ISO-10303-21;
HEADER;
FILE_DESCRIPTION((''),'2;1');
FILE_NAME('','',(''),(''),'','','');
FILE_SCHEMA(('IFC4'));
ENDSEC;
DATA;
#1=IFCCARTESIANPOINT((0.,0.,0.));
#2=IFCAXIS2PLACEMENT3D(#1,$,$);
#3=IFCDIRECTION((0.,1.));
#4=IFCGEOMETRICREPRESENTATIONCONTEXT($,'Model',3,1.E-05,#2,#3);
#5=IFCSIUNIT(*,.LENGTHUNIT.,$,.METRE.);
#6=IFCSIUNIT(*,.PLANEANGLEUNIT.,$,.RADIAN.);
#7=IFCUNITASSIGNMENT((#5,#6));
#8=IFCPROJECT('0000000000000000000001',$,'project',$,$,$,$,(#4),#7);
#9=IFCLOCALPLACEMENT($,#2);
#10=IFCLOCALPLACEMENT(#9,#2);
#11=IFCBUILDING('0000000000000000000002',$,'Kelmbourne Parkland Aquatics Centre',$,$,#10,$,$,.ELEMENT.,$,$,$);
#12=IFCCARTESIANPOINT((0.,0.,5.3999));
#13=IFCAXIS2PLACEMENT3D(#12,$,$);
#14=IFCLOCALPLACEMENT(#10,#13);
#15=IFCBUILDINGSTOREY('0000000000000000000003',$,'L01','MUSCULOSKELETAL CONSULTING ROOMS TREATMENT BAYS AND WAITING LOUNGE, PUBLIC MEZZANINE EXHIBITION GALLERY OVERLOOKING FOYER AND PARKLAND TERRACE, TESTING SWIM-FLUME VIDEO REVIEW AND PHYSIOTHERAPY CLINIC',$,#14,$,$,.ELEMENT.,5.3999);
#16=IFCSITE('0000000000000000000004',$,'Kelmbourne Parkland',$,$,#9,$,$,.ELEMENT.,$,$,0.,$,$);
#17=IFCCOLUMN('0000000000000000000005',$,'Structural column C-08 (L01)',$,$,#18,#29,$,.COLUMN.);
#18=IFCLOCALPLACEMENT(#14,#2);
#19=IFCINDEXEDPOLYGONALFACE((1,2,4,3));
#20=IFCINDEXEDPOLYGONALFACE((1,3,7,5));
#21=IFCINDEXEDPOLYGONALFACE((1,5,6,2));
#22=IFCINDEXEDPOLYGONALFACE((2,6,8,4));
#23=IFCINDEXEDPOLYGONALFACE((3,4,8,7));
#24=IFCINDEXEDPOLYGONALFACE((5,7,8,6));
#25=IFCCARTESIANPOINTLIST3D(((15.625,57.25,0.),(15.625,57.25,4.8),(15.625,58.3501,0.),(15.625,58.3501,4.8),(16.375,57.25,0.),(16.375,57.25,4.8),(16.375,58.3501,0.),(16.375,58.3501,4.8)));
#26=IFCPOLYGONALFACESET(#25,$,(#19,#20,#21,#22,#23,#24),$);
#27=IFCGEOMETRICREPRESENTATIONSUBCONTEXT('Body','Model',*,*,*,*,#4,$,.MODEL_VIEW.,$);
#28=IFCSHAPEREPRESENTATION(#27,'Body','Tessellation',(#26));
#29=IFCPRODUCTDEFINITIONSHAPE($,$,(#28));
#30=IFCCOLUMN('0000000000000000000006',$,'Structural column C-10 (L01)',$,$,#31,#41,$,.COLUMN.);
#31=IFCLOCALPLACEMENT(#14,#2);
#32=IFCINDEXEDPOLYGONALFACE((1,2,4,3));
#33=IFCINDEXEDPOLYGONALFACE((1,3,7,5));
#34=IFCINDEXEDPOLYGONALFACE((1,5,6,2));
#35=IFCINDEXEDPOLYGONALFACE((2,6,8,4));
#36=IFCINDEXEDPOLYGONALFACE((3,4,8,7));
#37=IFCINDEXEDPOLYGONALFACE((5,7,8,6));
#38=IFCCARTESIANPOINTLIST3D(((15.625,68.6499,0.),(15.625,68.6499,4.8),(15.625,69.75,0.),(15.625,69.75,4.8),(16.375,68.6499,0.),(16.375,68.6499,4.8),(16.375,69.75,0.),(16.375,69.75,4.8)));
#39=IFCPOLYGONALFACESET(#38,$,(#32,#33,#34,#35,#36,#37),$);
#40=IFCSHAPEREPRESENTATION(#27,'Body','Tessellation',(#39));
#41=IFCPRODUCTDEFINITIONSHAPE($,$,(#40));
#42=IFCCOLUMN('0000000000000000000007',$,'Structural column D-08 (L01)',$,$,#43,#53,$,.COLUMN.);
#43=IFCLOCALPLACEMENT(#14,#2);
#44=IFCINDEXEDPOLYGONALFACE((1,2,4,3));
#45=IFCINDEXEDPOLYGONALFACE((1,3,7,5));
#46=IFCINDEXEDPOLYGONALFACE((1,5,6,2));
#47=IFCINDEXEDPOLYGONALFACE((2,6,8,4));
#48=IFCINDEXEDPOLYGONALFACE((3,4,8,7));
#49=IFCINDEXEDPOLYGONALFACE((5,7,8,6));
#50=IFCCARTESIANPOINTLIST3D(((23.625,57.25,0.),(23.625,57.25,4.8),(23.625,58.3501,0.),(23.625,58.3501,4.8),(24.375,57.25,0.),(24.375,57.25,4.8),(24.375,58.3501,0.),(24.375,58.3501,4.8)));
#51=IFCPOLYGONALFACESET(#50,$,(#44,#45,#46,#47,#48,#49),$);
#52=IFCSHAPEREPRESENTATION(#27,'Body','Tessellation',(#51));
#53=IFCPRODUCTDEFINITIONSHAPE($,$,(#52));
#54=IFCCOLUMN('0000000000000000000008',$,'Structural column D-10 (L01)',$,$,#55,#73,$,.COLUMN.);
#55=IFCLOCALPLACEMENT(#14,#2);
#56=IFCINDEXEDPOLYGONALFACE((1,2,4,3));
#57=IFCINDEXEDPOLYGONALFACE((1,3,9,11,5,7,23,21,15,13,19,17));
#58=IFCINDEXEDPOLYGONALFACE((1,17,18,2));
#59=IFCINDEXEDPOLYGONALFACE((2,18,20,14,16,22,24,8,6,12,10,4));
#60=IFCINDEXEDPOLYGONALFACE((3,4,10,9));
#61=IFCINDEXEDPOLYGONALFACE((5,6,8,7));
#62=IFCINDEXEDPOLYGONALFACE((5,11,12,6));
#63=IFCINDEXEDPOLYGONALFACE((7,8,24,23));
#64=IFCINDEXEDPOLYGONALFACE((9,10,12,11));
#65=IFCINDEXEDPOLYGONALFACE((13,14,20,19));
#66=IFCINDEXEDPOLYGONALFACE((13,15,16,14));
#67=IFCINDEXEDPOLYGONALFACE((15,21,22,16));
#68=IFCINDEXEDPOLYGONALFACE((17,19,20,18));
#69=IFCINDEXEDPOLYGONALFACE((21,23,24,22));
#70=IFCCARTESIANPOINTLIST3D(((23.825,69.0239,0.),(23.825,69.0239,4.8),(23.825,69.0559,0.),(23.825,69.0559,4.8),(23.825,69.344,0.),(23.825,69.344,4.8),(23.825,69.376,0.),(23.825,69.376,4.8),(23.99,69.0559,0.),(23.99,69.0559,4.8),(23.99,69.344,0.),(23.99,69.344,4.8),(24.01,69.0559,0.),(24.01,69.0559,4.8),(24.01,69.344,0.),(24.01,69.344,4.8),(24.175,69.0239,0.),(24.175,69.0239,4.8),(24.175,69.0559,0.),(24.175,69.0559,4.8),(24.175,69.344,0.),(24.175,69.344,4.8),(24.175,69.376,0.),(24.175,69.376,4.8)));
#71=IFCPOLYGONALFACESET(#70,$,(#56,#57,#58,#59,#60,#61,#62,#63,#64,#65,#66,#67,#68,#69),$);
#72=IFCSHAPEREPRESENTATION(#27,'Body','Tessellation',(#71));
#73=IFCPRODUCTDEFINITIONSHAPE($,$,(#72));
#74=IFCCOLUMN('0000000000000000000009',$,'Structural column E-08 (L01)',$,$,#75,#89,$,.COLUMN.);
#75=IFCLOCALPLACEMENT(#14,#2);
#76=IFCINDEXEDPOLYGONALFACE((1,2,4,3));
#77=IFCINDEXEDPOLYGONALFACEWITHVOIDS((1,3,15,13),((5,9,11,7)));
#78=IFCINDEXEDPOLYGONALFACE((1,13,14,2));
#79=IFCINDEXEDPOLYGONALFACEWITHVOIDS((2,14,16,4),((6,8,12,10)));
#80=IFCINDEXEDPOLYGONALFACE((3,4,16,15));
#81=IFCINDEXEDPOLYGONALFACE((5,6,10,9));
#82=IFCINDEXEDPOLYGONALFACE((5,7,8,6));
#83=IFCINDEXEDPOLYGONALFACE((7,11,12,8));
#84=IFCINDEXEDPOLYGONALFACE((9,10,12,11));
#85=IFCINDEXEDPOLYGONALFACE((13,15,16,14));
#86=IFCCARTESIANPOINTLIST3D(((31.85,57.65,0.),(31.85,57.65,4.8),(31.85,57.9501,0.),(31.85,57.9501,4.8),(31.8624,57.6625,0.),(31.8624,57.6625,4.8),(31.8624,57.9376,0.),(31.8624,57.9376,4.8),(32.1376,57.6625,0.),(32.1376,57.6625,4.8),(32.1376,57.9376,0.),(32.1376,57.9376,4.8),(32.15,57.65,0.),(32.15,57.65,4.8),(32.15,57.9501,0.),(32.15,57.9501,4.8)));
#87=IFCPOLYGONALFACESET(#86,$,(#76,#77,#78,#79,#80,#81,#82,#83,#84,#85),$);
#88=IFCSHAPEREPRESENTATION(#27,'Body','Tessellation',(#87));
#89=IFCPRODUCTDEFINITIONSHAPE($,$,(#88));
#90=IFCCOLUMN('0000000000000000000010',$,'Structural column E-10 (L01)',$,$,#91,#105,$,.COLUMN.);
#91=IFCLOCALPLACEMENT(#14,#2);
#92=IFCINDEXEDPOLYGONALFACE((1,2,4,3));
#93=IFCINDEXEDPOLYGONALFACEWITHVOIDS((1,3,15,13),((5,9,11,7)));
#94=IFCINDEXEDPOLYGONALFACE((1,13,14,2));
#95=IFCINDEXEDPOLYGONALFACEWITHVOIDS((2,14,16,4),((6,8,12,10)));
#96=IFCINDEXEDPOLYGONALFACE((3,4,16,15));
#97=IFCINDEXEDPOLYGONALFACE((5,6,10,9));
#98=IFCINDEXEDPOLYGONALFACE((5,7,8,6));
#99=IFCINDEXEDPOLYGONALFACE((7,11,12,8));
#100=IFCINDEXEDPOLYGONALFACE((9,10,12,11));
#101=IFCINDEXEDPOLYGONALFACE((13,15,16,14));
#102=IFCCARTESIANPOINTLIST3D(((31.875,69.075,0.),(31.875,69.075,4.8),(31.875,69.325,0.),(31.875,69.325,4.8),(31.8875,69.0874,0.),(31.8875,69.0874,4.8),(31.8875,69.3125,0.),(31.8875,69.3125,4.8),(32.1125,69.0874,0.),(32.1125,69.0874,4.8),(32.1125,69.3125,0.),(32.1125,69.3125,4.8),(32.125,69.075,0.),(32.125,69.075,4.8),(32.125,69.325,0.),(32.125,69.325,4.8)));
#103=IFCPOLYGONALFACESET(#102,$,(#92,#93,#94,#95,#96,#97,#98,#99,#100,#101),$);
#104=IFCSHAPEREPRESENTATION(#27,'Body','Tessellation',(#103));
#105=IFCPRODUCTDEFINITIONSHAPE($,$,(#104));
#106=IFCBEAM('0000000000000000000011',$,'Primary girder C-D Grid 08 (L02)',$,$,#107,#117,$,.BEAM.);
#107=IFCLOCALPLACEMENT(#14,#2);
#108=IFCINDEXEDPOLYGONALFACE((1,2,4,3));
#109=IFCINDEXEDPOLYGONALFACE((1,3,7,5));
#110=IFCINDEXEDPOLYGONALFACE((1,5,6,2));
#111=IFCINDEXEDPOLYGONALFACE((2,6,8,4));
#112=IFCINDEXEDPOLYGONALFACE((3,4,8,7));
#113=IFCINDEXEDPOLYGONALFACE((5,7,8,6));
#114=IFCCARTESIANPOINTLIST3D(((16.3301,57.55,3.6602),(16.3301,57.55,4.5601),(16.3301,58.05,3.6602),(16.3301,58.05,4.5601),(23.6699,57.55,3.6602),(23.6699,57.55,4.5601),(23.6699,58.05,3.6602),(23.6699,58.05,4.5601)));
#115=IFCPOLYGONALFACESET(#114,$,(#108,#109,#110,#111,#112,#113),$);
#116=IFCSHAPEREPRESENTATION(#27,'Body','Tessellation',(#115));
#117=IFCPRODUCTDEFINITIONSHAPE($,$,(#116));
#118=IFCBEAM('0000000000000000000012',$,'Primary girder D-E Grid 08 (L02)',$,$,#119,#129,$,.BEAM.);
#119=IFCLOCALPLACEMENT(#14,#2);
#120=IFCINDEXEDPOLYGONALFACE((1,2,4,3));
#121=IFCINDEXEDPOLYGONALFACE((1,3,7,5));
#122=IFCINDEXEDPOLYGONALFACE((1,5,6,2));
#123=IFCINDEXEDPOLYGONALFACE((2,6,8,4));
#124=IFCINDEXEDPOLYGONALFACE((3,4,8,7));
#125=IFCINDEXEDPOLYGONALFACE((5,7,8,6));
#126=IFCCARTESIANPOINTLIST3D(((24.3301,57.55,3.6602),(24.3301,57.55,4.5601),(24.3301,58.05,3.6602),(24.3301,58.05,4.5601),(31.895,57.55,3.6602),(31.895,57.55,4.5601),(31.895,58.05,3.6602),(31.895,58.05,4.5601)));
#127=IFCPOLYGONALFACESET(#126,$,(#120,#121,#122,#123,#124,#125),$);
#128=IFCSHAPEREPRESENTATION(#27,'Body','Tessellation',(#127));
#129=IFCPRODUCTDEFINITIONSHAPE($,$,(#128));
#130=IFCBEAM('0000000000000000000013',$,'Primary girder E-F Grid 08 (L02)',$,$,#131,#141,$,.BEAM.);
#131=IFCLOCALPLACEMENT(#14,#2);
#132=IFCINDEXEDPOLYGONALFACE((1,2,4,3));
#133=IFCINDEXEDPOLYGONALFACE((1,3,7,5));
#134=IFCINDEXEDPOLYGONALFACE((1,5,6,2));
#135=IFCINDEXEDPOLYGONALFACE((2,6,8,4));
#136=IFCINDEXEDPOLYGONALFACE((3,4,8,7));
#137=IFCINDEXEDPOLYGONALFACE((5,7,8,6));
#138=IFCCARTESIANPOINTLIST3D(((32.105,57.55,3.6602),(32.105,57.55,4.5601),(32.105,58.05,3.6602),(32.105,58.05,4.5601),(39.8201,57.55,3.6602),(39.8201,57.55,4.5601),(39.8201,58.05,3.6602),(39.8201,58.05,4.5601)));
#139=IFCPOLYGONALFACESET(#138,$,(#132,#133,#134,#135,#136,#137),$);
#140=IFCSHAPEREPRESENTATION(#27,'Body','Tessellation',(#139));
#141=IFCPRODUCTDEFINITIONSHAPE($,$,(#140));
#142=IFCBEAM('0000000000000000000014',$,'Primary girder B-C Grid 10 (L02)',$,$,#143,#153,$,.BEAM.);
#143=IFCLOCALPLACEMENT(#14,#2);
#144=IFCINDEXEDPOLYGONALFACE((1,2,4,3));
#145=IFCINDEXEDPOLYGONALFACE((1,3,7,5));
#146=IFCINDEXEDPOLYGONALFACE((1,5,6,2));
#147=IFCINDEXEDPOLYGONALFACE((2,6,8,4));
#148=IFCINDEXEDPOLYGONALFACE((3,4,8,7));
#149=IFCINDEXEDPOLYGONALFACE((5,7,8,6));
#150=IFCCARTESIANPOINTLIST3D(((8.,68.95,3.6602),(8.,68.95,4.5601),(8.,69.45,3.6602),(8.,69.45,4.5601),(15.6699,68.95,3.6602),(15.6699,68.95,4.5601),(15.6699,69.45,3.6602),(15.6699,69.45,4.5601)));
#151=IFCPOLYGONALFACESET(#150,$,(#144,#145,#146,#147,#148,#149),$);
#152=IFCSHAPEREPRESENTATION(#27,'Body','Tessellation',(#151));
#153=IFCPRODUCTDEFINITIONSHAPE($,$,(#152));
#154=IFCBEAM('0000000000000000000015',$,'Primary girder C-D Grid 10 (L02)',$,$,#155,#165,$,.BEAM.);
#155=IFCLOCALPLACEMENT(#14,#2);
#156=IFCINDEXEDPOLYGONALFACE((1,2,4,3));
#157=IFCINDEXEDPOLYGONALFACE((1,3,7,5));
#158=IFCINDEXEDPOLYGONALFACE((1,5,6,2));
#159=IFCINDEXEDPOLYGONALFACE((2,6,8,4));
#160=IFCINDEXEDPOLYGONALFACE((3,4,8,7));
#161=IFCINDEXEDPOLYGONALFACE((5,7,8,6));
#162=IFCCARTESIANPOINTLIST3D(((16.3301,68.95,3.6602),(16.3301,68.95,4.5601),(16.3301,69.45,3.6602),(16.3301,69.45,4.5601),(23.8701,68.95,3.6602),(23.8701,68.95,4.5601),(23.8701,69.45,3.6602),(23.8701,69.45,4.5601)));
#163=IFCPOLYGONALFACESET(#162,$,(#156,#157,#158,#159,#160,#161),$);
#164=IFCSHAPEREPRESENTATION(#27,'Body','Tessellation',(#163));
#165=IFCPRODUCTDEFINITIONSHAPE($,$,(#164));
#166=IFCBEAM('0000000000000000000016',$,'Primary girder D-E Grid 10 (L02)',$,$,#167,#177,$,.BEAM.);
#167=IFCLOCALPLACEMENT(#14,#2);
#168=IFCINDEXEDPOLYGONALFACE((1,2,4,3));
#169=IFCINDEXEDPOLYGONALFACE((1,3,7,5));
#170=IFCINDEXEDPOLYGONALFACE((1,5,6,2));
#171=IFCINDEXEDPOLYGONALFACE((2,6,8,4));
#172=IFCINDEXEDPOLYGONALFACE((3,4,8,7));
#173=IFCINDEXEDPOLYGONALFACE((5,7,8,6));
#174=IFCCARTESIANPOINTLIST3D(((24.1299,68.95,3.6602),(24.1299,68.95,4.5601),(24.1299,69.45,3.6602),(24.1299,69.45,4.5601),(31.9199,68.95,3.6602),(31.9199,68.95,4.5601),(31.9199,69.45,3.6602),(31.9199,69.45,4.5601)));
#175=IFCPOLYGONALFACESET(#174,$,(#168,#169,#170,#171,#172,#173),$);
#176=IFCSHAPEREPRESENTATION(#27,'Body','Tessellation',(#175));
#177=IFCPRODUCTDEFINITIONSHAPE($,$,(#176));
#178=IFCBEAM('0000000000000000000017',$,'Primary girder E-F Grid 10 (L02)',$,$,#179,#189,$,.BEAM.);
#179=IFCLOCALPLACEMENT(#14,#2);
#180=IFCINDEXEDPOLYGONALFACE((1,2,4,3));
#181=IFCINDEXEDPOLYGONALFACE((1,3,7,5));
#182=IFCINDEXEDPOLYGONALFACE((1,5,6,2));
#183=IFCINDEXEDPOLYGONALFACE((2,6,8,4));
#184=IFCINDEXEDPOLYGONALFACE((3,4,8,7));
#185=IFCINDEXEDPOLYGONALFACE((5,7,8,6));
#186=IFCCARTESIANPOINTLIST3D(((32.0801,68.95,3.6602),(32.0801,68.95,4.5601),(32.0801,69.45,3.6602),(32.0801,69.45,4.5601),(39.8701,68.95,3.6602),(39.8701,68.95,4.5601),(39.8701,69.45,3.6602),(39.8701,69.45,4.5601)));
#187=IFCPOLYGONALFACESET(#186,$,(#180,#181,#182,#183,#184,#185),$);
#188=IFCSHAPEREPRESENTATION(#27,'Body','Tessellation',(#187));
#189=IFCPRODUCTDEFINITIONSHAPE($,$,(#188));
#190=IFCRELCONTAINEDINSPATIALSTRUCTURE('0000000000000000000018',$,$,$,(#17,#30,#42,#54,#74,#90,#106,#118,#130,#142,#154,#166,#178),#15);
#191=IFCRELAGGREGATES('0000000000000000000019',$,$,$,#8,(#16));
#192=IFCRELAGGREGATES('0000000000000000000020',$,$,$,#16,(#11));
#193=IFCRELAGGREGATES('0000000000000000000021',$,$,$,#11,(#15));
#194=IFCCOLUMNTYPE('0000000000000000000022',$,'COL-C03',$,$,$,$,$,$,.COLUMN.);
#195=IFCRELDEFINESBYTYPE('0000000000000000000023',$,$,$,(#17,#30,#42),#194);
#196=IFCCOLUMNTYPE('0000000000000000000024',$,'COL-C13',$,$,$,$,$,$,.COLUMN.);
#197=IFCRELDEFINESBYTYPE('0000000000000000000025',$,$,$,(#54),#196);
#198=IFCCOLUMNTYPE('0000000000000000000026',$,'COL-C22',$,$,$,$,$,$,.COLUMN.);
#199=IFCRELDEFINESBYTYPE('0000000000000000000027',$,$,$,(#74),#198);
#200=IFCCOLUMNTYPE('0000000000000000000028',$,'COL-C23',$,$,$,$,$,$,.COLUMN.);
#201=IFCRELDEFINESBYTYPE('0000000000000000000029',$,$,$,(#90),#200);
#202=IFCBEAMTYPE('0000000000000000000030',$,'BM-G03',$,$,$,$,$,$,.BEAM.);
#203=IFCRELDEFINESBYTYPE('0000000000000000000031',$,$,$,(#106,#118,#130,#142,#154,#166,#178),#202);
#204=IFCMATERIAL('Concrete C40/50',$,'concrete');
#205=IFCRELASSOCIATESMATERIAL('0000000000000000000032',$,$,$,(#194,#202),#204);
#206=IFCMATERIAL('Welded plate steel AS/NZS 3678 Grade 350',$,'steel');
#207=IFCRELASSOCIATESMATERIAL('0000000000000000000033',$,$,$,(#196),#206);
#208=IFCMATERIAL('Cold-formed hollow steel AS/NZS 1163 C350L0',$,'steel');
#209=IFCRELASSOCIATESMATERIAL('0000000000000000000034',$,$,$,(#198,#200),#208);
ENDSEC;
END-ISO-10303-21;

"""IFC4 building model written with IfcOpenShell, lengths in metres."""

from ifc_helpers import new_model, si_unit, direction, frame, origin, origin_2d, place, context, subcontext, project, spatial, rectangle, hollow_rectangle, i_section, extrude, material, material_profile, profile_set, type_object, element, save


model = new_model("IFC4")

# Units and contexts
model_context = context("Model", 3, precision=1e-05, world=origin(), true_north=direction((0.0, 1.0)))
body_context = subcontext(model_context, "Body", "Model", "MODEL_VIEW")
ifc_project = project(units=[si_unit("LENGTHUNIT", "METRE"), si_unit("PLANEANGLEUNIT", "RADIAN")], contexts=[model_context])

# Site, building, storey
site_placement = place(None, origin())
site = spatial("IfcSite", under=ifc_project, at=site_placement, Name="Kelmbourne Parkland", CompositionType="ELEMENT", RefElevation=0.0)
building_placement = place(site_placement, origin())
building = spatial("IfcBuilding", under=site, at=building_placement, Name="Kelmbourne Parkland Aquatics Centre", CompositionType="ELEMENT")
storey_placement = place(building_placement, frame((0.0, 0.0, 5.3999)))
storey = spatial("IfcBuildingStorey", under=building, at=storey_placement, Name="L01", Description="MUSCULOSKELETAL CONSULTING ROOMS TREATMENT BAYS AND WAITING LOUNGE, PUBLIC MEZZANINE EXHIBITION GALLERY OVERLOOKING FOYER AND PARKLAND TERRACE, TESTING SWIM-FLUME VIDEO REVIEW AND PHYSIOTHERAPY CLINIC", CompositionType="ELEMENT", Elevation=5.3999)

# Columns
ifc_material_1 = material(Name="Concrete C40/50", Category="concrete")
ifc_material_profile_1 = material_profile(ifc_material_1, rectangle(XDim=0.75, YDim=1.1001, at=origin_2d()), Name="RC 750x1100")
ifc_profile_set_1 = profile_set([ifc_material_profile_1], Name="Concrete C40/50")
column_type_1 = type_object("IfcColumnType", Name="COL-C03", PredefinedType="COLUMN", material=ifc_profile_set_1)
for number, where, z_axis, x_axis, name in (
    (1, (16.0, 57.8, 0.0), (0.0, 0.0, 1.0), (1.0, 0.0, 0.0), "Structural column C-08 (L01)"),
    (2, (16.0, 69.2, 0.0), (0.0, 0.0, 1.0), (1.0, 0.0, 0.0), "Structural column C-10 (L01)"),
    (3, (24.0, 57.8, 0.0), (0.0, 0.0, 1.0), (1.0, 0.0, 0.0), "Structural column D-08 (L01)"),
):
    element("IfcColumn", number, at=place(storey_placement, frame(where, z_axis=z_axis, x_axis=x_axis)), inside=storey, type_object=column_type_1, Name=name, PredefinedType="COLUMN", context=body_context, shape_type="SweptSolid", body=[
        extrude(rectangle(XDim=0.75, YDim=1.1001, at=origin_2d()), origin(), (0.0, 0.0, 1.0), 4.8),
    ])
ifc_material_2 = material(Name="Welded plate steel AS/NZS 3678 Grade 350", Category="steel")
ifc_material_profile_2 = material_profile(ifc_material_2, i_section(OverallWidth=0.3501, OverallDepth=0.3521, WebThickness=0.02, FlangeThickness=0.032, at=origin_2d()), Name="350WC230")
ifc_profile_set_2 = profile_set([ifc_material_profile_2], Name="Welded plate steel AS/NZS 3678 Grade 350")
column_type_2 = type_object("IfcColumnType", Name="COL-C13", PredefinedType="COLUMN", material=ifc_profile_set_2)
column_1_placement = place(storey_placement, frame((24.0, 69.2, 0.0), z_axis=(0.0, 0.0, 1.0), x_axis=(1.0, 0.0, 0.0)))
element("IfcColumn", 4, at=column_1_placement, inside=storey, type_object=column_type_2, Name="Structural column D-10 (L01)", PredefinedType="COLUMN", context=body_context, shape_type="SweptSolid", body=[
    extrude(i_section(OverallWidth=0.3501, OverallDepth=0.3521, WebThickness=0.02, FlangeThickness=0.032, at=origin_2d()), origin(), (0.0, 0.0, 1.0), 4.8),
])
ifc_material_3 = material(Name="Cold-formed hollow steel AS/NZS 1163 C350L0", Category="steel")
ifc_material_profile_3 = material_profile(ifc_material_3, hollow_rectangle(XDim=0.3, YDim=0.3, WallThickness=0.0125, at=origin_2d()), Name="SHS 300x300x12.5")
ifc_profile_set_3 = profile_set([ifc_material_profile_3], Name="Cold-formed hollow steel AS/NZS 1163 C350L0")
column_type_3 = type_object("IfcColumnType", Name="COL-C22", PredefinedType="COLUMN", material=ifc_profile_set_3)
column_2_placement = place(storey_placement, frame((32.0, 57.8, 0.0), z_axis=(0.0, 0.0, 1.0), x_axis=(1.0, 0.0, 0.0)))
element("IfcColumn", 5, at=column_2_placement, inside=storey, type_object=column_type_3, Name="Structural column E-08 (L01)", PredefinedType="COLUMN", context=body_context, shape_type="SweptSolid", body=[
    extrude(hollow_rectangle(XDim=0.3, YDim=0.3, WallThickness=0.0125, at=origin_2d()), origin(), (0.0, 0.0, 1.0), 4.8),
])
ifc_material_profile_4 = material_profile(ifc_material_3, hollow_rectangle(XDim=0.25, YDim=0.25, WallThickness=0.0125, at=origin_2d()), Name="SHS 250x250x12.5")
ifc_profile_set_4 = profile_set([ifc_material_profile_4], Name="Cold-formed hollow steel AS/NZS 1163 C350L0")
column_type_4 = type_object("IfcColumnType", Name="COL-C23", PredefinedType="COLUMN", material=ifc_profile_set_4)
column_3_placement = place(storey_placement, frame((32.0, 69.2, 0.0), z_axis=(0.0, 0.0, 1.0), x_axis=(1.0, 0.0, 0.0)))
element("IfcColumn", 6, at=column_3_placement, inside=storey, type_object=column_type_4, Name="Structural column E-10 (L01)", PredefinedType="COLUMN", context=body_context, shape_type="SweptSolid", body=[
    extrude(hollow_rectangle(XDim=0.25, YDim=0.25, WallThickness=0.0125, at=origin_2d()), origin(), (0.0, 0.0, 1.0), 4.8),
])

# Beams
ifc_material_profile_5 = material_profile(ifc_material_1, rectangle(XDim=0.5, YDim=0.8999, at=origin_2d()), Name="RC 500x900")
ifc_profile_set_5 = profile_set([ifc_material_profile_5], Name="Concrete C40/50")
beam_type_1 = type_object("IfcBeamType", Name="BM-G03", PredefinedType="BEAM", material=ifc_profile_set_5)
beam_1_placement = place(storey_placement, frame((16.3301, 57.8, 4.1101), z_axis=(1.0, 0.0, 0.0), x_axis=(0.0, 1.0, 0.0)))
element("IfcBeam", 7, at=beam_1_placement, inside=storey, type_object=beam_type_1, Name="Primary girder C-D Grid 08 (L02)", PredefinedType="BEAM", context=body_context, shape_type="SweptSolid", body=[
    extrude(rectangle(XDim=0.5, YDim=0.8999, at=origin_2d()), origin(), (0.0, 0.0, 1.0), 7.3398),
])
beam_2_placement = place(storey_placement, frame((24.3301, 57.8, 4.1101), z_axis=(1.0, 0.0, 0.0), x_axis=(0.0, 1.0, 0.0)))
element("IfcBeam", 8, at=beam_2_placement, inside=storey, type_object=beam_type_1, Name="Primary girder D-E Grid 08 (L02)", PredefinedType="BEAM", context=body_context, shape_type="SweptSolid", body=[
    extrude(rectangle(XDim=0.5, YDim=0.8999, at=origin_2d()), origin(), (0.0, 0.0, 1.0), 7.5649),
])
beam_3_placement = place(storey_placement, frame((32.105, 57.8, 4.1101), z_axis=(1.0, 0.0, 0.0), x_axis=(0.0, 1.0, 0.0)))
element("IfcBeam", 9, at=beam_3_placement, inside=storey, type_object=beam_type_1, Name="Primary girder E-F Grid 08 (L02)", PredefinedType="BEAM", context=body_context, shape_type="SweptSolid", body=[
    extrude(rectangle(XDim=0.5, YDim=0.8999, at=origin_2d()), origin(), (0.0, 0.0, 1.0), 7.7151),
])
beam_4_placement = place(storey_placement, frame((8.0, 69.2, 4.1101), z_axis=(1.0, 0.0, 0.0), x_axis=(0.0, 1.0, 0.0)))
element("IfcBeam", 10, at=beam_4_placement, inside=storey, type_object=beam_type_1, Name="Primary girder B-C Grid 10 (L02)", PredefinedType="BEAM", context=body_context, shape_type="SweptSolid", body=[
    extrude(rectangle(XDim=0.5, YDim=0.8999, at=origin_2d()), origin(), (0.0, 0.0, 1.0), 7.6699),
])
beam_5_placement = place(storey_placement, frame((16.3301, 69.2, 4.1101), z_axis=(1.0, 0.0, 0.0), x_axis=(0.0, 1.0, 0.0)))
element("IfcBeam", 11, at=beam_5_placement, inside=storey, type_object=beam_type_1, Name="Primary girder C-D Grid 10 (L02)", PredefinedType="BEAM", context=body_context, shape_type="SweptSolid", body=[
    extrude(rectangle(XDim=0.5, YDim=0.8999, at=origin_2d()), origin(), (0.0, 0.0, 1.0), 7.54),
])
for number, where, z_axis, x_axis, name in (
    (12, (24.1299, 69.2, 4.1101), (1.0, 0.0, 0.0), (0.0, 1.0, 0.0), "Primary girder D-E Grid 10 (L02)"),
    (13, (32.0801, 69.2, 4.1101), (1.0, 0.0, 0.0), (0.0, 1.0, 0.0), "Primary girder E-F Grid 10 (L02)"),
):
    element("IfcBeam", number, at=place(storey_placement, frame(where, z_axis=z_axis, x_axis=x_axis)), inside=storey, type_object=beam_type_1, Name=name, PredefinedType="BEAM", context=body_context, shape_type="SweptSolid", body=[
        extrude(rectangle(XDim=0.5, YDim=0.8999, at=origin_2d()), origin(), (0.0, 0.0, 1.0), 7.79),
    ])

save(model, "model.ifc")
